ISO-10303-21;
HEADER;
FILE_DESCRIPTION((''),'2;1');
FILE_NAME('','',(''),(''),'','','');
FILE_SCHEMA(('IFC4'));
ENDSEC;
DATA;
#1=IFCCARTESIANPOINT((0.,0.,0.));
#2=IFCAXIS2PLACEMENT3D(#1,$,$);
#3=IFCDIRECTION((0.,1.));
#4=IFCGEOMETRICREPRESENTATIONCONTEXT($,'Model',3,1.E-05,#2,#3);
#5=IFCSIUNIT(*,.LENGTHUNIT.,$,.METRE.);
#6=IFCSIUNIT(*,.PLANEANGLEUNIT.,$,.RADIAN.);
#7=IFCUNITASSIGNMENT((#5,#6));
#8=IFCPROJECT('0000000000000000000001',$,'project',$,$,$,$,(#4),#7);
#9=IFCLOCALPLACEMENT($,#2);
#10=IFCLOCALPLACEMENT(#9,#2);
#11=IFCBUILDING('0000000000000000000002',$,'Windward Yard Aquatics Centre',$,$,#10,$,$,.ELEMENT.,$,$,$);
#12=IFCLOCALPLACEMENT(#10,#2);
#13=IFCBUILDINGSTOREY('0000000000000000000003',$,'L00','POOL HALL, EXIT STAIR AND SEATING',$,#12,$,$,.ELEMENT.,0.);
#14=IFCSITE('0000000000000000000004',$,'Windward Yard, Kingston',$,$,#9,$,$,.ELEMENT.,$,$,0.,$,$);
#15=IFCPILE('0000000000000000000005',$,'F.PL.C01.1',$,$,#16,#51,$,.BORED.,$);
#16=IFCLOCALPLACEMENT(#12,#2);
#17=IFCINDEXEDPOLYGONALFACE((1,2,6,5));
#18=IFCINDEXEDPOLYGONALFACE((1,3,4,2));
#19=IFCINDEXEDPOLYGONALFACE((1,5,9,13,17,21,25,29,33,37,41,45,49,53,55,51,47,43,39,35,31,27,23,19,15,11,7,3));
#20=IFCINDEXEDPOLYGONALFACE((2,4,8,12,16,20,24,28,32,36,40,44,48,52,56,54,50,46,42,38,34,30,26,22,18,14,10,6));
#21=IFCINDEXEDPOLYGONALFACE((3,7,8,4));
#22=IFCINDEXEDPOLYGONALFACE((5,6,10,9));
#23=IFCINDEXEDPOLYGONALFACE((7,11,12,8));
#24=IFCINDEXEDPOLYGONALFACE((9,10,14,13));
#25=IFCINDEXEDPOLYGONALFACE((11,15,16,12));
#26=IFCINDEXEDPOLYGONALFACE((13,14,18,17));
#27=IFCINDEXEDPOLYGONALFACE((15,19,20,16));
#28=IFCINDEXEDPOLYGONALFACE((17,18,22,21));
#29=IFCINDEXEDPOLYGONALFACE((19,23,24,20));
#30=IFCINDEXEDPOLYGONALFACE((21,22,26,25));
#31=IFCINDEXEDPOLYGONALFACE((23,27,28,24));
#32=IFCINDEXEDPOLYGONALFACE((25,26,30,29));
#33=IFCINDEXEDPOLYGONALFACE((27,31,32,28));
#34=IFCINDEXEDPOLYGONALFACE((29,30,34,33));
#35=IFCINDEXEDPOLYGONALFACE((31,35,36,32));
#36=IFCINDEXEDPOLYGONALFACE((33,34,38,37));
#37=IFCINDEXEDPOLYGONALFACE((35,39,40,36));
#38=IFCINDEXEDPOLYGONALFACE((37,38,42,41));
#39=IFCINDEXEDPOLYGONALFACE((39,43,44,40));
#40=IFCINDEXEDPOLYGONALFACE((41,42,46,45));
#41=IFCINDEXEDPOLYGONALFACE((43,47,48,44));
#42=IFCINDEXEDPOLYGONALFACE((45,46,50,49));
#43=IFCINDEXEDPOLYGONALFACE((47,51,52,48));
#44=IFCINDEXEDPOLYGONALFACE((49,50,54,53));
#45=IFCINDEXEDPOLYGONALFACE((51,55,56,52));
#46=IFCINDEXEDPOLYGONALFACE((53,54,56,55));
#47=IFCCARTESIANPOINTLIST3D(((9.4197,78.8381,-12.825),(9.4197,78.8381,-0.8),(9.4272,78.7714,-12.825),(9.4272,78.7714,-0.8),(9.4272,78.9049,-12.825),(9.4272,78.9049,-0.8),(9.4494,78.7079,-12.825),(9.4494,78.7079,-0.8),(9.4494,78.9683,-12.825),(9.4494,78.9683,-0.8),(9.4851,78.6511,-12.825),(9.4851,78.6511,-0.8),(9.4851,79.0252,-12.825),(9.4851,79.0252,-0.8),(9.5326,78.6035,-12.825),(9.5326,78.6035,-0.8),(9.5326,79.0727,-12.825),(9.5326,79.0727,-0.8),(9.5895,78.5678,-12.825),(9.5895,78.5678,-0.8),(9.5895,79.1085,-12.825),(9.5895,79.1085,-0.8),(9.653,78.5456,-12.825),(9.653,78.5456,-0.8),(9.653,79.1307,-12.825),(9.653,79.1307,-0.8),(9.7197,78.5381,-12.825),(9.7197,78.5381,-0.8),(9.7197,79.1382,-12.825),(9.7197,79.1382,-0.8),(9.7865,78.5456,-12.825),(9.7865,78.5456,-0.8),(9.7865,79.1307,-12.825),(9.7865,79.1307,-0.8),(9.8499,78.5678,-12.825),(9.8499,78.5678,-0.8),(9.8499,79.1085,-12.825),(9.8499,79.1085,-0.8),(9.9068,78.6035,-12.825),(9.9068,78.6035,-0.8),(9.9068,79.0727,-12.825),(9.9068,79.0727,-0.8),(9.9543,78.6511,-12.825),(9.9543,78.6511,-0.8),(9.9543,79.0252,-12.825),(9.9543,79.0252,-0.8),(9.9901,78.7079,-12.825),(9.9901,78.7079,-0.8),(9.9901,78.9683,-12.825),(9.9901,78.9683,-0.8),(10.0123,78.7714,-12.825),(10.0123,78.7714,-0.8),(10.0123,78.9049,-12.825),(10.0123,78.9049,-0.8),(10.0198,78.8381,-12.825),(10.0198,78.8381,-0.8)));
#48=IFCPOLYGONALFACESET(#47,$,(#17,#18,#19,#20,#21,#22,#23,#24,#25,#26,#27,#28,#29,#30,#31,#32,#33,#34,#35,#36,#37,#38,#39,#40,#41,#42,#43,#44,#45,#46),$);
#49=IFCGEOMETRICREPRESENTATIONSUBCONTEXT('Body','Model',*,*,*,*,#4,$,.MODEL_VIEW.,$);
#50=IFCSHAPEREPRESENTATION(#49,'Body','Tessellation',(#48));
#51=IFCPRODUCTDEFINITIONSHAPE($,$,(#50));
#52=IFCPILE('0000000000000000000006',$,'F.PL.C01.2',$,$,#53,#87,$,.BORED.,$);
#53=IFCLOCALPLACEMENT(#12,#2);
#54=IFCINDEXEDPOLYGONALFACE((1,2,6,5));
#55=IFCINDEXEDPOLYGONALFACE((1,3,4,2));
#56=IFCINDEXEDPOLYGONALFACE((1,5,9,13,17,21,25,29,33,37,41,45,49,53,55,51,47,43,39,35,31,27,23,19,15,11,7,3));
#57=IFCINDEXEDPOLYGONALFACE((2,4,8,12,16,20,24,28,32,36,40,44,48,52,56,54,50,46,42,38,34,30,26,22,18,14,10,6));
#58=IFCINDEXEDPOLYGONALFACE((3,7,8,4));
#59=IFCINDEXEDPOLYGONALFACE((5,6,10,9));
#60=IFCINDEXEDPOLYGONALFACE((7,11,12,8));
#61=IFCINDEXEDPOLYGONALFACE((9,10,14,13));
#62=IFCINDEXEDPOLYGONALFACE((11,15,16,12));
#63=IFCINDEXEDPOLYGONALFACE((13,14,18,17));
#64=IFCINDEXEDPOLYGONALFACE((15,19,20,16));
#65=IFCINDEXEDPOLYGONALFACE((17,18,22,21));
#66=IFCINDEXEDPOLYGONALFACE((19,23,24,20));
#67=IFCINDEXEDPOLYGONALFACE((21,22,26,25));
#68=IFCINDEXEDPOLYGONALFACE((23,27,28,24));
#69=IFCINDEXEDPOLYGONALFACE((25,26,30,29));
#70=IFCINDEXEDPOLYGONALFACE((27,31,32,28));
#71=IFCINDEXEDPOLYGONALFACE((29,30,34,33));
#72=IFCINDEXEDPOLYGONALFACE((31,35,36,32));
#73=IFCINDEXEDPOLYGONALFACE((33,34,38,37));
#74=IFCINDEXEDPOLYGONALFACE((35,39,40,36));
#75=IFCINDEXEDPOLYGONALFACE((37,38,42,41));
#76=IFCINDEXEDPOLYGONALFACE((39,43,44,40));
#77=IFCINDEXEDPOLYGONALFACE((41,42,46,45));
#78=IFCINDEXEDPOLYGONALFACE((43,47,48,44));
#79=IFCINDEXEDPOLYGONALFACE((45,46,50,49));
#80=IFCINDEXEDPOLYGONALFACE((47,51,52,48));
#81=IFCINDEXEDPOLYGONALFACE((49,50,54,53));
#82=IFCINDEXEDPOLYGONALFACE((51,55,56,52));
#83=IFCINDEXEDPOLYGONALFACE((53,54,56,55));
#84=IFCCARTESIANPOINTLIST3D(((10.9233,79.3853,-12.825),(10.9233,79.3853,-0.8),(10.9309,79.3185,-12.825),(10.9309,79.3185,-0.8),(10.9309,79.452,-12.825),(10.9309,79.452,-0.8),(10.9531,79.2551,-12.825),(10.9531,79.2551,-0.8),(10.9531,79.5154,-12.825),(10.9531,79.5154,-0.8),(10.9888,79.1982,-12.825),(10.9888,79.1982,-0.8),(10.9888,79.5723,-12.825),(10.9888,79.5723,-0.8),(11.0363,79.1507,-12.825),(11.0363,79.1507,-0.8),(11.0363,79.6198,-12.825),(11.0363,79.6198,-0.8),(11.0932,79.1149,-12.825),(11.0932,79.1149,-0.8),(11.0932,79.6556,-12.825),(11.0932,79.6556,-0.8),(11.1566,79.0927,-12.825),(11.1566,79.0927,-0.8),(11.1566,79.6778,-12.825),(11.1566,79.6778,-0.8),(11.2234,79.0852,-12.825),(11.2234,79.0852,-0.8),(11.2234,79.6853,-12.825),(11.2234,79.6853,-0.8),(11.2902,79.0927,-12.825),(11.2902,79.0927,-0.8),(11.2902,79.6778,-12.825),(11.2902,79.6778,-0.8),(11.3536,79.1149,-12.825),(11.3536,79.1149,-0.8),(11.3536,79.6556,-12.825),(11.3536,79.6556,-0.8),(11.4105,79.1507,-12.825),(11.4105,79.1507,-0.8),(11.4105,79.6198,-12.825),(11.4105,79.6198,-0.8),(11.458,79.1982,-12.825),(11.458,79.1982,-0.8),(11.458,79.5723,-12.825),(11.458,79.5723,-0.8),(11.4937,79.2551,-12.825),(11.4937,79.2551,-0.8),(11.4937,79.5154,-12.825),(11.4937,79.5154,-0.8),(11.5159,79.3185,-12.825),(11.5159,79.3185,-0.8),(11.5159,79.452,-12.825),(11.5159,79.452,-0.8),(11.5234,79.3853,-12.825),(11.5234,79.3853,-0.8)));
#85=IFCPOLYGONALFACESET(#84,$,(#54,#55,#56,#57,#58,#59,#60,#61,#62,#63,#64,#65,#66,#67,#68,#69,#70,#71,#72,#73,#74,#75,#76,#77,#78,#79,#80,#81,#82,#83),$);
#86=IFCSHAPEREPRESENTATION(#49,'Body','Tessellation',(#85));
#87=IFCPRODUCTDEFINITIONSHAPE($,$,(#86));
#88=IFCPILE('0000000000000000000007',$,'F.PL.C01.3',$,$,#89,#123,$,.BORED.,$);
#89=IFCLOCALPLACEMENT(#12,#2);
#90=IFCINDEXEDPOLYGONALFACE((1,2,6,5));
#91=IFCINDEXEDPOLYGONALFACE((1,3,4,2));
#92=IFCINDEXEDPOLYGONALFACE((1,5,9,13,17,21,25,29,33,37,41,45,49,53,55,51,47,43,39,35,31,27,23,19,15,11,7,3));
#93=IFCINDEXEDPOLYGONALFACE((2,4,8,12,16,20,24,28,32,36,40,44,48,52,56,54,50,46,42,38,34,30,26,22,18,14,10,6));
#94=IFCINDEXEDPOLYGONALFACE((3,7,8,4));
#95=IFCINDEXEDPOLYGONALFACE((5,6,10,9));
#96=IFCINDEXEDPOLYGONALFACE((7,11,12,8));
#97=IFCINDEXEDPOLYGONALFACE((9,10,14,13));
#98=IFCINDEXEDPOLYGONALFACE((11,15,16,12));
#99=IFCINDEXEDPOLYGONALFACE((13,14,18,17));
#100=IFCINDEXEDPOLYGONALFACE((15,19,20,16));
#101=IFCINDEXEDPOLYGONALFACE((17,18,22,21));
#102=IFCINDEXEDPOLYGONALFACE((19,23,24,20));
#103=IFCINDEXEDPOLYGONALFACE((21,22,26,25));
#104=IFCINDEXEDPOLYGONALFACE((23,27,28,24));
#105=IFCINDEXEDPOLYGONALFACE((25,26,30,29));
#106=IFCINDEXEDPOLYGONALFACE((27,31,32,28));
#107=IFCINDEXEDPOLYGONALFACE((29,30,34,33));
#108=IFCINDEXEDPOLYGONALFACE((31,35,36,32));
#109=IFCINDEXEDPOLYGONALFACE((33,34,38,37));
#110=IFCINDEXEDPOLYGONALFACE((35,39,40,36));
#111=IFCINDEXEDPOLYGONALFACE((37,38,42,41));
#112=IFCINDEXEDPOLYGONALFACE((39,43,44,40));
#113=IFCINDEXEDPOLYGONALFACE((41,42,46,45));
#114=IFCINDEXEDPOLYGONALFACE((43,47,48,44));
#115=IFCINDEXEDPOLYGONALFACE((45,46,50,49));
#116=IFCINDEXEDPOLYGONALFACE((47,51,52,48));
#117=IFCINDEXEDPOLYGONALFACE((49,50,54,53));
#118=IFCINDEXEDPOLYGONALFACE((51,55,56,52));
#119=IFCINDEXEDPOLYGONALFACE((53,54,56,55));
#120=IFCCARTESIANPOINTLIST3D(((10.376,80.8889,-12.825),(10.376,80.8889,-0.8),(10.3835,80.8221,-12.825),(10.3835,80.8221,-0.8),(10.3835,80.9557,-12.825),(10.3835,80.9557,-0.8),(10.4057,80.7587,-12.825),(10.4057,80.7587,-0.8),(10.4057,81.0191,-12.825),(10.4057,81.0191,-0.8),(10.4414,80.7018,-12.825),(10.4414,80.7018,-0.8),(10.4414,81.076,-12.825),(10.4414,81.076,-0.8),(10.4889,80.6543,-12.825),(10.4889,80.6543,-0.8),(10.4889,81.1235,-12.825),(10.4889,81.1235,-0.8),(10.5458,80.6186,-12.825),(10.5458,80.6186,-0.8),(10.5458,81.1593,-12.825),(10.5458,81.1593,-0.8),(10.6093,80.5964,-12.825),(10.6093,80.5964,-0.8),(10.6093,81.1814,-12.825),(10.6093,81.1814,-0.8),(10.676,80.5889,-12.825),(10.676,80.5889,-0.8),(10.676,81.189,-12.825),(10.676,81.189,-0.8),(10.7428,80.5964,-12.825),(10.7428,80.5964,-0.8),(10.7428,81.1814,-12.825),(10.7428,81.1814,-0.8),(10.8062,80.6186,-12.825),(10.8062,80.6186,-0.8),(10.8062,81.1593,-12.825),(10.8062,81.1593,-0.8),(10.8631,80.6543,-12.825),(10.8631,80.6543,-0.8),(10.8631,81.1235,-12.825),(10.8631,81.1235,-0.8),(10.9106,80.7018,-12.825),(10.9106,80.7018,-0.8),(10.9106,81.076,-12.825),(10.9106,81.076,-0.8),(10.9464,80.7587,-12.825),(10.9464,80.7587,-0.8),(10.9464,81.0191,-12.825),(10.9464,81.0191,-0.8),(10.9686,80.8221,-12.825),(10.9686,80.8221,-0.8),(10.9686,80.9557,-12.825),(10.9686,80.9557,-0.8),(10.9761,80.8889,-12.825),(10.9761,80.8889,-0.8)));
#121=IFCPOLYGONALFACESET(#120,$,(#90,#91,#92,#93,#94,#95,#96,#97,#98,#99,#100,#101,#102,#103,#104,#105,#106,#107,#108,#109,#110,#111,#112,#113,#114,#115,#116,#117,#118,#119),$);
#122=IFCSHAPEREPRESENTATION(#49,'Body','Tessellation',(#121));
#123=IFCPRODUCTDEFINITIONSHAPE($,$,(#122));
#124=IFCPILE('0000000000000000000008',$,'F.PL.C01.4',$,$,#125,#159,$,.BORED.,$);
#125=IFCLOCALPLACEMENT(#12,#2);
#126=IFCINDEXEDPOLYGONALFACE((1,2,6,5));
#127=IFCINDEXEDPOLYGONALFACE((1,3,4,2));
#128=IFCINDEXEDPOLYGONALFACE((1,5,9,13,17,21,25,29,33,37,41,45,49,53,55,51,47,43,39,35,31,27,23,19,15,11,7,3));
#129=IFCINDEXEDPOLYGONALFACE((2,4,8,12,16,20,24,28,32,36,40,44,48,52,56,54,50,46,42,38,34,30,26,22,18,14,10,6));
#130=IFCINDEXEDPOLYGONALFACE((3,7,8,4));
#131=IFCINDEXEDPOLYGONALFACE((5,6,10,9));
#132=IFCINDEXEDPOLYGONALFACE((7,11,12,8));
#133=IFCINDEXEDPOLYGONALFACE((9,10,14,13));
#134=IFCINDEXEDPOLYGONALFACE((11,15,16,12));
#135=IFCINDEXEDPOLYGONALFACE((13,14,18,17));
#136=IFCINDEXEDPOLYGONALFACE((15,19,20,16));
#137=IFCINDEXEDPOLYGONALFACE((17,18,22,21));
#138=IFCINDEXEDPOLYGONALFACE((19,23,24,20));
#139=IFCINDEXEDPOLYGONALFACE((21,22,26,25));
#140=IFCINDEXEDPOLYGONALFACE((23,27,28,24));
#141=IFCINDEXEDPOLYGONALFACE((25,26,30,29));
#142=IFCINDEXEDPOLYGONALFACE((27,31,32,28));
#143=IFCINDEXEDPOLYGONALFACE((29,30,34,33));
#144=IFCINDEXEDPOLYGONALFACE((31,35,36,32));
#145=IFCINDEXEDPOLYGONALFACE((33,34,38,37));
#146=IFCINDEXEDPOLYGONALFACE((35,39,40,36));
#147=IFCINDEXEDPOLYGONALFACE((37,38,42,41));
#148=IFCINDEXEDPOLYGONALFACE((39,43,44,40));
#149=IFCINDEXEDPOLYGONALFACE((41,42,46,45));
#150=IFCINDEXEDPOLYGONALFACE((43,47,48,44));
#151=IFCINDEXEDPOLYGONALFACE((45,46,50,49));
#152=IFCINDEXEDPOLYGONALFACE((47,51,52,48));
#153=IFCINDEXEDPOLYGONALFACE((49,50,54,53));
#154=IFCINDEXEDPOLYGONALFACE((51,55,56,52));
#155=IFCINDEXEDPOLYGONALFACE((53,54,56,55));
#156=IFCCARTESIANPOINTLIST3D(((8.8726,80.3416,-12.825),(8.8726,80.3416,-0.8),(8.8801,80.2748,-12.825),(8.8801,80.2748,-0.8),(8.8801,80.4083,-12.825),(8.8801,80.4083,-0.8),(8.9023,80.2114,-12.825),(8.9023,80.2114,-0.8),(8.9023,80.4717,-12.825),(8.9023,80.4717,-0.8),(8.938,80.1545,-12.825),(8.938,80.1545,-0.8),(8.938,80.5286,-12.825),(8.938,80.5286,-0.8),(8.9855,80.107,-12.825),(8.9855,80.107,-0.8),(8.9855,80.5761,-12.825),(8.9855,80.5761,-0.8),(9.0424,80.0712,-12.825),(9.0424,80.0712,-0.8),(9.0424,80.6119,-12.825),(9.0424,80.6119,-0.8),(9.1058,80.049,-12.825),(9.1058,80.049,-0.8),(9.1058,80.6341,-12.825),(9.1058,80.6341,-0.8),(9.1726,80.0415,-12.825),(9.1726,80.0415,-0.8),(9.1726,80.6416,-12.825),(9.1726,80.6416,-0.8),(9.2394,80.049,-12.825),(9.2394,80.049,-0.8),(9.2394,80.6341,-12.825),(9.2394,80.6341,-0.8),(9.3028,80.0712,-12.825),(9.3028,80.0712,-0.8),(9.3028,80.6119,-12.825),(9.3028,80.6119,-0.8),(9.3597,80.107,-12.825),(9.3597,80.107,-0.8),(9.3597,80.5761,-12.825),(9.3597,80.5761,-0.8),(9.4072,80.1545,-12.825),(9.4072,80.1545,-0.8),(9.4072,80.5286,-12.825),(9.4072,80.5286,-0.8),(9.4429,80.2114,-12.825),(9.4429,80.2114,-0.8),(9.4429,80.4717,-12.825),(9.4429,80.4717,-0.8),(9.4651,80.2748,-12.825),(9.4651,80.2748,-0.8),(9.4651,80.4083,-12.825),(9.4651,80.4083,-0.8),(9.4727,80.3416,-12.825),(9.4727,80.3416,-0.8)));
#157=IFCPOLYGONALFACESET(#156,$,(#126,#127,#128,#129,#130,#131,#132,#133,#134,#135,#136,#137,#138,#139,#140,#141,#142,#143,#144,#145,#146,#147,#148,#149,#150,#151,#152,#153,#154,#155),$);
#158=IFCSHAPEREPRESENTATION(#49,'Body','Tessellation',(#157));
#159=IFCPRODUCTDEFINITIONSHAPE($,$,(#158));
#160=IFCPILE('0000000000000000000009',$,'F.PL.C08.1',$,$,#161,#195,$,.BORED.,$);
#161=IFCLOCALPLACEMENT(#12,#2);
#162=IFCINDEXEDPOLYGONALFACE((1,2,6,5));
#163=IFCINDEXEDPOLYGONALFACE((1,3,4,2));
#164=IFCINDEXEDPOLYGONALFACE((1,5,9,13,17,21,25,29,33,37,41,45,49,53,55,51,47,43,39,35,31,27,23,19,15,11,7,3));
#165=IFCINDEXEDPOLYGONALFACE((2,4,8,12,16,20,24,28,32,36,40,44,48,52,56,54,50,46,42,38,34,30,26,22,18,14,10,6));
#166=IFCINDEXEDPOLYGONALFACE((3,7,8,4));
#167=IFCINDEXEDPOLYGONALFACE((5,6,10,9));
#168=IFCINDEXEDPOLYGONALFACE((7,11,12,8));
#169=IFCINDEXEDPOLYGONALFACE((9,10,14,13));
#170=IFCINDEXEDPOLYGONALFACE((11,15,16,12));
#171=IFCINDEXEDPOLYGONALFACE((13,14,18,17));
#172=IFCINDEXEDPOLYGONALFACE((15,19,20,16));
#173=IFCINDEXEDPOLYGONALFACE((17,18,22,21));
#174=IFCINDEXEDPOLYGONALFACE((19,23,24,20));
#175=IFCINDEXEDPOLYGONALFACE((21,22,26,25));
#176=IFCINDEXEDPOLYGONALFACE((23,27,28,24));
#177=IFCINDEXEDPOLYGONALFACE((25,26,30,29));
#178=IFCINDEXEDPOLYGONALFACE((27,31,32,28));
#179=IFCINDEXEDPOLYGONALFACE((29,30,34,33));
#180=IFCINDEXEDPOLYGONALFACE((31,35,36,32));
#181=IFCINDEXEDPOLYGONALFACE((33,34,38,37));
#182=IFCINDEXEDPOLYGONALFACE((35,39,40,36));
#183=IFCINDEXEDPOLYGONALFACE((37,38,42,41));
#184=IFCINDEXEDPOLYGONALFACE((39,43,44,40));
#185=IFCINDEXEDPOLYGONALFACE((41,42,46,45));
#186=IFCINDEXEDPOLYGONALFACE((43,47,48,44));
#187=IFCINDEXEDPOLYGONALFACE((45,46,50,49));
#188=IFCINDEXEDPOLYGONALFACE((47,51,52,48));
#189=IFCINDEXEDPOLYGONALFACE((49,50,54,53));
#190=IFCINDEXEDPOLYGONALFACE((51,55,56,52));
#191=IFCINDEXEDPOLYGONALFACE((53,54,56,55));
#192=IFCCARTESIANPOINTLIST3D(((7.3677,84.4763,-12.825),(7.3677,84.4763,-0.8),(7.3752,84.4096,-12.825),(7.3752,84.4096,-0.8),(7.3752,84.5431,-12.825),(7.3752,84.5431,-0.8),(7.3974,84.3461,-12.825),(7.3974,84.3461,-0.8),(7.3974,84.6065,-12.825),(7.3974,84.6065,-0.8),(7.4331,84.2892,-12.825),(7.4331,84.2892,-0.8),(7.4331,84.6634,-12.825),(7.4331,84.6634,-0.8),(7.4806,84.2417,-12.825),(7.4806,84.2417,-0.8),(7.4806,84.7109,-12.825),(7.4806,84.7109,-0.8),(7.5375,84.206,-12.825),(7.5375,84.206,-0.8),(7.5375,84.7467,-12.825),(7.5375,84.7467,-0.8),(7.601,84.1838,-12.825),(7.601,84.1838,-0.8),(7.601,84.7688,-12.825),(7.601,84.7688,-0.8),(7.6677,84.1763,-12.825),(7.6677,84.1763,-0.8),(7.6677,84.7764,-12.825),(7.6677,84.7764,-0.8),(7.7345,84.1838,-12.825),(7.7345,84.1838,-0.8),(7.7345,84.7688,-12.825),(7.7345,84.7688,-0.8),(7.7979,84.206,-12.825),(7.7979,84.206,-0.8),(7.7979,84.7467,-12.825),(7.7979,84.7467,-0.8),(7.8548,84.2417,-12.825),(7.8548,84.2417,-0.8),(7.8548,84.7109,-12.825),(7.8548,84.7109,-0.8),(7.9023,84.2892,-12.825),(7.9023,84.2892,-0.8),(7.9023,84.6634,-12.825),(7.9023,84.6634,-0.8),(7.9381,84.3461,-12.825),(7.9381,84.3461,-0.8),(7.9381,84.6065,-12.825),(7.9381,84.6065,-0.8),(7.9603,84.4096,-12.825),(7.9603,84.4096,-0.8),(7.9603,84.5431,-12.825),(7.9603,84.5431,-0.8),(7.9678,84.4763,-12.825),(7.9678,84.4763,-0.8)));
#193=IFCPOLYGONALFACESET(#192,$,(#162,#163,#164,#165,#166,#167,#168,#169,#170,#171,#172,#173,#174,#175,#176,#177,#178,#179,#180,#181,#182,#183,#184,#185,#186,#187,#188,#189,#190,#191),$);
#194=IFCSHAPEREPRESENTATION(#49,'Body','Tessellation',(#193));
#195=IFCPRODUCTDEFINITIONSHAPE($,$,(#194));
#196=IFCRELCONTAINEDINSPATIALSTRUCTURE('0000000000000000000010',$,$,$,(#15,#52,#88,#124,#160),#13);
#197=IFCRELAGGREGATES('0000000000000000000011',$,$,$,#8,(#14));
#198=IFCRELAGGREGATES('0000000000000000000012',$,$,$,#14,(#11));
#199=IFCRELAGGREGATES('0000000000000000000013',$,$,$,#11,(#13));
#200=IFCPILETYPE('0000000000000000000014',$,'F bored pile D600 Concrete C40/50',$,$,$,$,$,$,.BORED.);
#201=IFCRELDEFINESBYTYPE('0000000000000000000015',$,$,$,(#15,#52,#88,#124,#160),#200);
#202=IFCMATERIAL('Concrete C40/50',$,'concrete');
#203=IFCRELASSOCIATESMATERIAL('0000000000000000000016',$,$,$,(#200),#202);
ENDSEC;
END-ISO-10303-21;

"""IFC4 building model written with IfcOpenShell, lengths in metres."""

from ifc_helpers import new_model, si_unit, direction, frame, origin, origin_2d, place, context, subcontext, project, spatial, circle, extrude, material, material_profile, profile_set, type_object, element, save


model = new_model("IFC4")

# Units and contexts
model_context = context("Model", 3, precision=1e-05, world=origin(), true_north=direction((0.0, 1.0)))
body_context = subcontext(model_context, "Body", "Model", "MODEL_VIEW")
ifc_project = project(units=[si_unit("LENGTHUNIT", "METRE"), si_unit("PLANEANGLEUNIT", "RADIAN")], contexts=[model_context])

# Site, building, storey
site_placement = place(None, origin())
site = spatial("IfcSite", under=ifc_project, at=site_placement, Name="Windward Yard, Kingston", CompositionType="ELEMENT", RefElevation=0.0)
building_placement = place(site_placement, origin())
building = spatial("IfcBuilding", under=site, at=building_placement, Name="Windward Yard Aquatics Centre", CompositionType="ELEMENT")
storey_placement = place(building_placement, origin())
storey = spatial("IfcBuildingStorey", under=building, at=storey_placement, Name="L00", Description="POOL HALL, EXIT STAIR AND SEATING", CompositionType="ELEMENT", Elevation=0.0)

# Piles
ifc_material_1 = material(Name="Concrete C40/50", Category="concrete")
ifc_material_profile_1 = material_profile(ifc_material_1, circle(Radius=0.3, at=origin_2d()), Name="D600")
ifc_profile_set_1 = profile_set([ifc_material_profile_1], Name="Concrete C40/50")
pile_type = type_object("IfcPileType", Name="F bored pile D600 Concrete C40/50", PredefinedType="BORED", material=ifc_profile_set_1)
for number, where, z_axis, x_axis, name in (
    (1, (9.7197, 78.8381, -0.8), (0.0, 0.0, -1.0), (1.0, 0.0, 0.0), "F.PL.C01.1"),
    (2, (11.2234, 79.3853, -0.8), (0.0, 0.0, -1.0), (1.0, 0.0, 0.0), "F.PL.C01.2"),
    (3, (10.676, 80.8889, -0.8), (0.0, 0.0, -1.0), (1.0, 0.0, 0.0), "F.PL.C01.3"),
    (4, (9.1726, 80.3416, -0.8), (0.0, 0.0, -1.0), (1.0, 0.0, 0.0), "F.PL.C01.4"),
    (5, (7.6677, 84.4763, -0.8), (0.0, 0.0, -1.0), (1.0, 0.0, 0.0), "F.PL.C08.1"),
):
    element("IfcPile", number, at=place(storey_placement, frame(where, z_axis=z_axis, x_axis=x_axis)), inside=storey, type_object=pile_type, Name=name, PredefinedType="BORED", context=body_context, shape_type="SweptSolid", body=[
        extrude(circle(Radius=0.3, at=origin_2d()), origin(), (0.0, 0.0, 1.0), 12.0249),
    ])

save(model, "model.ifc")
